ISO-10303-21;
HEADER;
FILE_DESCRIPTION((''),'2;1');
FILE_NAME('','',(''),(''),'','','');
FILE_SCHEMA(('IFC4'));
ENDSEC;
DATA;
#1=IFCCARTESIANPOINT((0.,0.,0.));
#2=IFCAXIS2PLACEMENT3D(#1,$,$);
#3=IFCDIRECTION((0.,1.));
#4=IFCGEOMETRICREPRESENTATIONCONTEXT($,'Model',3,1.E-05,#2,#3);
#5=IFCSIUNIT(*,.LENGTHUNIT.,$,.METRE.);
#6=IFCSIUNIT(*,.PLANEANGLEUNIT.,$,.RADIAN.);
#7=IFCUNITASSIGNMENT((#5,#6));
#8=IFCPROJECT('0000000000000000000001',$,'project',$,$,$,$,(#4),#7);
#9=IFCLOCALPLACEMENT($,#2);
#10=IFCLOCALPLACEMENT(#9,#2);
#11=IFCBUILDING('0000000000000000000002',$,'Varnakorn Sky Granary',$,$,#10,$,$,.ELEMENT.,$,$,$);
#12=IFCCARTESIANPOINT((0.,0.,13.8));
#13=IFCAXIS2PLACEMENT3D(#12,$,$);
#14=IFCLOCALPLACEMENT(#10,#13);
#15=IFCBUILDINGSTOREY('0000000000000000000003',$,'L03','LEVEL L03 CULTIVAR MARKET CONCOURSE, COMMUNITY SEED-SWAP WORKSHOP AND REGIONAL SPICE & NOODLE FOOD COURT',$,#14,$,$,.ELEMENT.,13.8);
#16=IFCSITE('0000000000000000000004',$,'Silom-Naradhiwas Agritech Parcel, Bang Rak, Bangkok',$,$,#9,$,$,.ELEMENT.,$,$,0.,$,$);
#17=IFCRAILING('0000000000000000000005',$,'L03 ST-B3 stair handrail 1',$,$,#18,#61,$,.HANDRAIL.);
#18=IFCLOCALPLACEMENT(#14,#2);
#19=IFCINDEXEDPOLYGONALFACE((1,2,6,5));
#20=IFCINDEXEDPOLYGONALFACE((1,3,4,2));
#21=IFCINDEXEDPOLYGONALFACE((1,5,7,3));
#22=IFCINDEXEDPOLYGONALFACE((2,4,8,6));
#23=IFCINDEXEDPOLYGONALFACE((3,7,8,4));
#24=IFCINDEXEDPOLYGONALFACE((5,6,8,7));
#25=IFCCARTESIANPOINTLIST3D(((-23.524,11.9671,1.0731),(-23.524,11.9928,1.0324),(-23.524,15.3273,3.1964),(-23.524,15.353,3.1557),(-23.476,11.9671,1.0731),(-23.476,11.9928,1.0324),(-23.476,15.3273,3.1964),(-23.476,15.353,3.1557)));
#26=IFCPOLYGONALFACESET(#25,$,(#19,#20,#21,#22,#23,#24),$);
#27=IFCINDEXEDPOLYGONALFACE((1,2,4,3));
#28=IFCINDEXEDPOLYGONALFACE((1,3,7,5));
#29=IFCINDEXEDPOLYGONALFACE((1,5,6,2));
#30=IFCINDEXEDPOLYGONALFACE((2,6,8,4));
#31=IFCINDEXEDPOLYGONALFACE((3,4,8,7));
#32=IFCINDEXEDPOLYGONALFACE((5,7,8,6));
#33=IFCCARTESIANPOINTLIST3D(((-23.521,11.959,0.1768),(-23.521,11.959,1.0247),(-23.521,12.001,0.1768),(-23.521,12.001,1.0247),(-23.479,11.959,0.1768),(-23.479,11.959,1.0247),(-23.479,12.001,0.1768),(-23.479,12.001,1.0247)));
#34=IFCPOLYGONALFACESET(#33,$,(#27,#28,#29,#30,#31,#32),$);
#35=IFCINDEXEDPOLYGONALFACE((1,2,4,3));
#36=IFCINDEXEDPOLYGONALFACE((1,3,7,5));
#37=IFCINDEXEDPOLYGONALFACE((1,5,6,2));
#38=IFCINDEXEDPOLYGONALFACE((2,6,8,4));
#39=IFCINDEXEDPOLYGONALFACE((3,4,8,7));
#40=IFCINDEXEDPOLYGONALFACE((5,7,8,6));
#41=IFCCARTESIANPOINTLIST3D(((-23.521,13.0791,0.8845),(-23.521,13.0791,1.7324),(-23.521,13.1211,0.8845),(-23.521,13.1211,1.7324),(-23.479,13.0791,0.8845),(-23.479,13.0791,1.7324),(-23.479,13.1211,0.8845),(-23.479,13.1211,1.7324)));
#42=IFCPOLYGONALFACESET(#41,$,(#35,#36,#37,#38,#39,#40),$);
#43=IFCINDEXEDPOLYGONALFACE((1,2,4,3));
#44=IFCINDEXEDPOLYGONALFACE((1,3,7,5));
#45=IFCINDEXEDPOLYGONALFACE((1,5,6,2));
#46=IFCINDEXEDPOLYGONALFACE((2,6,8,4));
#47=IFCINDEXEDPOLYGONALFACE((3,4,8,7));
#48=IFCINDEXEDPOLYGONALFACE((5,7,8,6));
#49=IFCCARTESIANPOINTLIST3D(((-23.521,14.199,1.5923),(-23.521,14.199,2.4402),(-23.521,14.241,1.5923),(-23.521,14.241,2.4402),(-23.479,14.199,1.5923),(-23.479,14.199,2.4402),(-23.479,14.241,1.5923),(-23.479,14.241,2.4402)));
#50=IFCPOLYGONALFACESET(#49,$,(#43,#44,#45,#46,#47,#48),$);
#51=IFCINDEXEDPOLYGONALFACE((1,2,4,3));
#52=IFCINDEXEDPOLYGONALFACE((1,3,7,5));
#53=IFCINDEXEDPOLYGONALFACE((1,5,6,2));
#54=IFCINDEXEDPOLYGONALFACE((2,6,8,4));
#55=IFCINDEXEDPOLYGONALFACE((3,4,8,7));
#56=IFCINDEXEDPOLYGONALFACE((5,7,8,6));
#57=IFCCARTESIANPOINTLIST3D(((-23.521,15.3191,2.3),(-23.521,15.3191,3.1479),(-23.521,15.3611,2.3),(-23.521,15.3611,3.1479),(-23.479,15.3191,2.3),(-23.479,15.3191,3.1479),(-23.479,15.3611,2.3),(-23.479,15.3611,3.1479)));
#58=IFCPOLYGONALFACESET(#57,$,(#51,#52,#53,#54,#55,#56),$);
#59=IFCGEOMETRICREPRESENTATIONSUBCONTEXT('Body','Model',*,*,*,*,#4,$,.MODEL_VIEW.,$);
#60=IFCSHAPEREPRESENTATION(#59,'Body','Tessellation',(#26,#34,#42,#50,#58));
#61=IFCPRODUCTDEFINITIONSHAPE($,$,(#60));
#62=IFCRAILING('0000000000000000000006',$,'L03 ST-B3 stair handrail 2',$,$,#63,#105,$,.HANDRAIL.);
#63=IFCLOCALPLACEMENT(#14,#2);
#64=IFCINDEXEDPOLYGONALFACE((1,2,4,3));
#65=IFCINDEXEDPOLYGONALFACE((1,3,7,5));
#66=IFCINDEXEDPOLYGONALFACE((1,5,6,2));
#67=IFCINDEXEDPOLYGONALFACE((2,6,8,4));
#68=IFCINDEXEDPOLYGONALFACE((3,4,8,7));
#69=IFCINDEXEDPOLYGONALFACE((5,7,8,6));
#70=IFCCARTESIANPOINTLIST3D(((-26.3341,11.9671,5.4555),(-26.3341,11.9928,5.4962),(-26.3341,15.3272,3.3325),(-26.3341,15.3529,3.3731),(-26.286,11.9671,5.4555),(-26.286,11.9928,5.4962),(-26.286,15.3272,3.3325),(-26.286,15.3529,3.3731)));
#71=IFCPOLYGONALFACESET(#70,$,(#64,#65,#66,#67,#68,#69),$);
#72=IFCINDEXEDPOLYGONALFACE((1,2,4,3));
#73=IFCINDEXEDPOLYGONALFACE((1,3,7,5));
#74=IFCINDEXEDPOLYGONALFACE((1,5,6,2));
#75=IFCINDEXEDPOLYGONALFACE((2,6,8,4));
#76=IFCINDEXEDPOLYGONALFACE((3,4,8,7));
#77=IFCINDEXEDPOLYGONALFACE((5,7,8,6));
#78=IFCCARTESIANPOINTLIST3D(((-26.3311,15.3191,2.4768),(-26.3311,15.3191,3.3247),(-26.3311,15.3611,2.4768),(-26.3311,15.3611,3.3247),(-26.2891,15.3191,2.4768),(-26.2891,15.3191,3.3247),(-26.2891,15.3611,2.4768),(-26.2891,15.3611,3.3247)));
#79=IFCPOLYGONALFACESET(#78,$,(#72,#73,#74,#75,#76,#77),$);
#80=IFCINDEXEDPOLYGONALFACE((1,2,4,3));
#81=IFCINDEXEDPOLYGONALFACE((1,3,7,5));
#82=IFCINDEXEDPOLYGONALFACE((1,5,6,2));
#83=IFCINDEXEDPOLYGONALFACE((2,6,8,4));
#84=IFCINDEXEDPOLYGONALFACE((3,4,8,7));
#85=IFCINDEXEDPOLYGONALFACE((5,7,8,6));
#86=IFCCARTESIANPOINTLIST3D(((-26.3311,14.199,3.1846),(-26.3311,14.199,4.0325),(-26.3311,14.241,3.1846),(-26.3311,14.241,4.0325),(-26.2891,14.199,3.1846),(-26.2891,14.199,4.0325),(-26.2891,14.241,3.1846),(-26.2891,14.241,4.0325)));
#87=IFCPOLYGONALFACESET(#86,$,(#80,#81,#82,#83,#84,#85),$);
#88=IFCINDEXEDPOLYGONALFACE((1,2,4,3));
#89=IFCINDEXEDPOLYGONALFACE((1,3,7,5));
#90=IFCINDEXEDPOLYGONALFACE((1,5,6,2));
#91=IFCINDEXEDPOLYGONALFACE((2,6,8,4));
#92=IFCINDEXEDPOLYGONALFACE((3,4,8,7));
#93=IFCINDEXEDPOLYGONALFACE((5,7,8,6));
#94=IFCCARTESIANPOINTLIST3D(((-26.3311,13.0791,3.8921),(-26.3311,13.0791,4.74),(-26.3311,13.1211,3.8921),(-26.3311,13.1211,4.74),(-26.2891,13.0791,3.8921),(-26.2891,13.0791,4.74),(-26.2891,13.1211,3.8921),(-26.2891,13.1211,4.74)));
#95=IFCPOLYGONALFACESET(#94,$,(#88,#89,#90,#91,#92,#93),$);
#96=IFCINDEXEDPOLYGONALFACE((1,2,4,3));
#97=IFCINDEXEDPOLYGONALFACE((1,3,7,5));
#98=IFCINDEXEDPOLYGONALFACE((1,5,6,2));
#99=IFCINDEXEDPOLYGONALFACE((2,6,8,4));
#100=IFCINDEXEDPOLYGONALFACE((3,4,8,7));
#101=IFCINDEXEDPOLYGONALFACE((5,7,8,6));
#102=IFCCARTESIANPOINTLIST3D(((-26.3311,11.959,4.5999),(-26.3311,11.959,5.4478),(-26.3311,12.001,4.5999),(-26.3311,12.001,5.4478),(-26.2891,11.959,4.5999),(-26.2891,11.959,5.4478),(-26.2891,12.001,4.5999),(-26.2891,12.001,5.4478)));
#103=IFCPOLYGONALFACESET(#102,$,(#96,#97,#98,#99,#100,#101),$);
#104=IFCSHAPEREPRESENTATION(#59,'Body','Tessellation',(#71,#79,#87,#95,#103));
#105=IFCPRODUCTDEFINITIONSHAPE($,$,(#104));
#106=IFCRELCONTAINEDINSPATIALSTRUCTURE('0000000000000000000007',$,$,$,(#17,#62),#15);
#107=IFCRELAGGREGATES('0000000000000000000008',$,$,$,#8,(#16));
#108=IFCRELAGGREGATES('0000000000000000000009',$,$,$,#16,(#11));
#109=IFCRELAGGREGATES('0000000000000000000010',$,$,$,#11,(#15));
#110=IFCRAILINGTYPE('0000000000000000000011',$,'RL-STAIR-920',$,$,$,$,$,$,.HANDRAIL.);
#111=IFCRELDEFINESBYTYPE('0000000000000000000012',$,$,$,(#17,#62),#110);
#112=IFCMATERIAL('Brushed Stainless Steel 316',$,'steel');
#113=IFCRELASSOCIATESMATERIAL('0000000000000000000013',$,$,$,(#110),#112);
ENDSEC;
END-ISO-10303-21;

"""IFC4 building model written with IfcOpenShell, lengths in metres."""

from ifc_helpers import new_model, si_unit, direction, frame, origin, origin_2d, place, context, subcontext, project, spatial, rectangle, extrude, material, type_object, element, save


model = new_model("IFC4")

# Units and contexts
model_context = context("Model", 3, precision=1e-05, world=origin(), true_north=direction((0.0, 1.0)))
body_context = subcontext(model_context, "Body", "Model", "MODEL_VIEW")
ifc_project = project(units=[si_unit("LENGTHUNIT", "METRE"), si_unit("PLANEANGLEUNIT", "RADIAN")], contexts=[model_context])

# Site, building, storey
site_placement = place(None, origin())
site = spatial("IfcSite", under=ifc_project, at=site_placement, Name="Silom-Naradhiwas Agritech Parcel, Bang Rak, Bangkok", CompositionType="ELEMENT", RefElevation=0.0)
building_placement = place(site_placement, origin())
building = spatial("IfcBuilding", under=site, at=building_placement, Name="Varnakorn Sky Granary", CompositionType="ELEMENT")
storey_placement = place(building_placement, frame((0.0, 0.0, 13.8)))
storey = spatial("IfcBuildingStorey", under=building, at=storey_placement, Name="L03", Description="LEVEL L03 CULTIVAR MARKET CONCOURSE, COMMUNITY SEED-SWAP WORKSHOP AND REGIONAL SPICE & NOODLE FOOD COURT", CompositionType="ELEMENT", Elevation=13.8)

# Railings
ifc_material_1 = material(Name="Brushed Stainless Steel 316", Category="steel")
railing_type_1 = type_object("IfcRailingType", Name="RL-STAIR-920", PredefinedType="HANDRAIL", material=ifc_material_1)
railing_1_placement = place(storey_placement, frame((-23.5, 11.98, 0.1768)))
element("IfcRailing", 1, at=railing_1_placement, inside=storey, type_object=railing_type_1, Name="L03 ST-B3 stair handrail 1", PredefinedType="HANDRAIL", context=body_context, shape_type="SweptSolid", body=[
    extrude(rectangle(XDim=0.0481, YDim=0.0481, at=origin_2d()), frame((0.0, 0.0, 0.876), z_axis=(0.0, 0.845362, 0.534194), x_axis=(-1.0, 0.0, 0.0)), (0.0, 0.0, 1.0), 3.9749),
    extrude(rectangle(XDim=0.042, YDim=0.042, at=origin_2d()), origin(), (0.0, 0.0, 1.0), 0.8479),
    extrude(rectangle(XDim=0.042, YDim=0.042, at=origin_2d()), frame((0.0, 1.1201, 0.7078)), (0.0, 0.0, 1.0), 0.8479),
    extrude(rectangle(XDim=0.042, YDim=0.042, at=origin_2d()), frame((0.0, 2.24, 1.4155)), (0.0, 0.0, 1.0), 0.8479),
    extrude(rectangle(XDim=0.042, YDim=0.042, at=origin_2d()), frame((0.0, 3.3601, 2.1233)), (0.0, 0.0, 1.0), 0.8479),
])
railing_2_placement = place(storey_placement, frame((-26.3101, 15.3401, 2.4768)))
element("IfcRailing", 2, at=railing_2_placement, inside=storey, type_object=railing_type_1, Name="L03 ST-B3 stair handrail 2", PredefinedType="HANDRAIL", context=body_context, shape_type="SweptSolid", body=[
    extrude(rectangle(XDim=0.0481, YDim=0.0481, at=origin_2d()), frame((0.0, 0.0, 0.876), z_axis=(0.0, -0.84539, 0.53415), x_axis=(1.0, 0.0, 0.0)), (0.0, 0.0, 1.0), 3.9746),
    extrude(rectangle(XDim=0.042, YDim=0.042, at=origin_2d()), origin(), (0.0, 0.0, 1.0), 0.8479),
    extrude(rectangle(XDim=0.042, YDim=0.042, at=origin_2d()), frame((0.0, -1.1201, 0.7078)), (0.0, 0.0, 1.0), 0.8479),
    extrude(rectangle(XDim=0.042, YDim=0.042, at=origin_2d()), frame((0.0, -2.24, 1.4153)), (0.0, 0.0, 1.0), 0.8479),
    extrude(rectangle(XDim=0.042, YDim=0.042, at=origin_2d()), frame((0.0, -3.3601, 2.123)), (0.0, 0.0, 1.0), 0.8479),
])

save(model, "model.ifc")
